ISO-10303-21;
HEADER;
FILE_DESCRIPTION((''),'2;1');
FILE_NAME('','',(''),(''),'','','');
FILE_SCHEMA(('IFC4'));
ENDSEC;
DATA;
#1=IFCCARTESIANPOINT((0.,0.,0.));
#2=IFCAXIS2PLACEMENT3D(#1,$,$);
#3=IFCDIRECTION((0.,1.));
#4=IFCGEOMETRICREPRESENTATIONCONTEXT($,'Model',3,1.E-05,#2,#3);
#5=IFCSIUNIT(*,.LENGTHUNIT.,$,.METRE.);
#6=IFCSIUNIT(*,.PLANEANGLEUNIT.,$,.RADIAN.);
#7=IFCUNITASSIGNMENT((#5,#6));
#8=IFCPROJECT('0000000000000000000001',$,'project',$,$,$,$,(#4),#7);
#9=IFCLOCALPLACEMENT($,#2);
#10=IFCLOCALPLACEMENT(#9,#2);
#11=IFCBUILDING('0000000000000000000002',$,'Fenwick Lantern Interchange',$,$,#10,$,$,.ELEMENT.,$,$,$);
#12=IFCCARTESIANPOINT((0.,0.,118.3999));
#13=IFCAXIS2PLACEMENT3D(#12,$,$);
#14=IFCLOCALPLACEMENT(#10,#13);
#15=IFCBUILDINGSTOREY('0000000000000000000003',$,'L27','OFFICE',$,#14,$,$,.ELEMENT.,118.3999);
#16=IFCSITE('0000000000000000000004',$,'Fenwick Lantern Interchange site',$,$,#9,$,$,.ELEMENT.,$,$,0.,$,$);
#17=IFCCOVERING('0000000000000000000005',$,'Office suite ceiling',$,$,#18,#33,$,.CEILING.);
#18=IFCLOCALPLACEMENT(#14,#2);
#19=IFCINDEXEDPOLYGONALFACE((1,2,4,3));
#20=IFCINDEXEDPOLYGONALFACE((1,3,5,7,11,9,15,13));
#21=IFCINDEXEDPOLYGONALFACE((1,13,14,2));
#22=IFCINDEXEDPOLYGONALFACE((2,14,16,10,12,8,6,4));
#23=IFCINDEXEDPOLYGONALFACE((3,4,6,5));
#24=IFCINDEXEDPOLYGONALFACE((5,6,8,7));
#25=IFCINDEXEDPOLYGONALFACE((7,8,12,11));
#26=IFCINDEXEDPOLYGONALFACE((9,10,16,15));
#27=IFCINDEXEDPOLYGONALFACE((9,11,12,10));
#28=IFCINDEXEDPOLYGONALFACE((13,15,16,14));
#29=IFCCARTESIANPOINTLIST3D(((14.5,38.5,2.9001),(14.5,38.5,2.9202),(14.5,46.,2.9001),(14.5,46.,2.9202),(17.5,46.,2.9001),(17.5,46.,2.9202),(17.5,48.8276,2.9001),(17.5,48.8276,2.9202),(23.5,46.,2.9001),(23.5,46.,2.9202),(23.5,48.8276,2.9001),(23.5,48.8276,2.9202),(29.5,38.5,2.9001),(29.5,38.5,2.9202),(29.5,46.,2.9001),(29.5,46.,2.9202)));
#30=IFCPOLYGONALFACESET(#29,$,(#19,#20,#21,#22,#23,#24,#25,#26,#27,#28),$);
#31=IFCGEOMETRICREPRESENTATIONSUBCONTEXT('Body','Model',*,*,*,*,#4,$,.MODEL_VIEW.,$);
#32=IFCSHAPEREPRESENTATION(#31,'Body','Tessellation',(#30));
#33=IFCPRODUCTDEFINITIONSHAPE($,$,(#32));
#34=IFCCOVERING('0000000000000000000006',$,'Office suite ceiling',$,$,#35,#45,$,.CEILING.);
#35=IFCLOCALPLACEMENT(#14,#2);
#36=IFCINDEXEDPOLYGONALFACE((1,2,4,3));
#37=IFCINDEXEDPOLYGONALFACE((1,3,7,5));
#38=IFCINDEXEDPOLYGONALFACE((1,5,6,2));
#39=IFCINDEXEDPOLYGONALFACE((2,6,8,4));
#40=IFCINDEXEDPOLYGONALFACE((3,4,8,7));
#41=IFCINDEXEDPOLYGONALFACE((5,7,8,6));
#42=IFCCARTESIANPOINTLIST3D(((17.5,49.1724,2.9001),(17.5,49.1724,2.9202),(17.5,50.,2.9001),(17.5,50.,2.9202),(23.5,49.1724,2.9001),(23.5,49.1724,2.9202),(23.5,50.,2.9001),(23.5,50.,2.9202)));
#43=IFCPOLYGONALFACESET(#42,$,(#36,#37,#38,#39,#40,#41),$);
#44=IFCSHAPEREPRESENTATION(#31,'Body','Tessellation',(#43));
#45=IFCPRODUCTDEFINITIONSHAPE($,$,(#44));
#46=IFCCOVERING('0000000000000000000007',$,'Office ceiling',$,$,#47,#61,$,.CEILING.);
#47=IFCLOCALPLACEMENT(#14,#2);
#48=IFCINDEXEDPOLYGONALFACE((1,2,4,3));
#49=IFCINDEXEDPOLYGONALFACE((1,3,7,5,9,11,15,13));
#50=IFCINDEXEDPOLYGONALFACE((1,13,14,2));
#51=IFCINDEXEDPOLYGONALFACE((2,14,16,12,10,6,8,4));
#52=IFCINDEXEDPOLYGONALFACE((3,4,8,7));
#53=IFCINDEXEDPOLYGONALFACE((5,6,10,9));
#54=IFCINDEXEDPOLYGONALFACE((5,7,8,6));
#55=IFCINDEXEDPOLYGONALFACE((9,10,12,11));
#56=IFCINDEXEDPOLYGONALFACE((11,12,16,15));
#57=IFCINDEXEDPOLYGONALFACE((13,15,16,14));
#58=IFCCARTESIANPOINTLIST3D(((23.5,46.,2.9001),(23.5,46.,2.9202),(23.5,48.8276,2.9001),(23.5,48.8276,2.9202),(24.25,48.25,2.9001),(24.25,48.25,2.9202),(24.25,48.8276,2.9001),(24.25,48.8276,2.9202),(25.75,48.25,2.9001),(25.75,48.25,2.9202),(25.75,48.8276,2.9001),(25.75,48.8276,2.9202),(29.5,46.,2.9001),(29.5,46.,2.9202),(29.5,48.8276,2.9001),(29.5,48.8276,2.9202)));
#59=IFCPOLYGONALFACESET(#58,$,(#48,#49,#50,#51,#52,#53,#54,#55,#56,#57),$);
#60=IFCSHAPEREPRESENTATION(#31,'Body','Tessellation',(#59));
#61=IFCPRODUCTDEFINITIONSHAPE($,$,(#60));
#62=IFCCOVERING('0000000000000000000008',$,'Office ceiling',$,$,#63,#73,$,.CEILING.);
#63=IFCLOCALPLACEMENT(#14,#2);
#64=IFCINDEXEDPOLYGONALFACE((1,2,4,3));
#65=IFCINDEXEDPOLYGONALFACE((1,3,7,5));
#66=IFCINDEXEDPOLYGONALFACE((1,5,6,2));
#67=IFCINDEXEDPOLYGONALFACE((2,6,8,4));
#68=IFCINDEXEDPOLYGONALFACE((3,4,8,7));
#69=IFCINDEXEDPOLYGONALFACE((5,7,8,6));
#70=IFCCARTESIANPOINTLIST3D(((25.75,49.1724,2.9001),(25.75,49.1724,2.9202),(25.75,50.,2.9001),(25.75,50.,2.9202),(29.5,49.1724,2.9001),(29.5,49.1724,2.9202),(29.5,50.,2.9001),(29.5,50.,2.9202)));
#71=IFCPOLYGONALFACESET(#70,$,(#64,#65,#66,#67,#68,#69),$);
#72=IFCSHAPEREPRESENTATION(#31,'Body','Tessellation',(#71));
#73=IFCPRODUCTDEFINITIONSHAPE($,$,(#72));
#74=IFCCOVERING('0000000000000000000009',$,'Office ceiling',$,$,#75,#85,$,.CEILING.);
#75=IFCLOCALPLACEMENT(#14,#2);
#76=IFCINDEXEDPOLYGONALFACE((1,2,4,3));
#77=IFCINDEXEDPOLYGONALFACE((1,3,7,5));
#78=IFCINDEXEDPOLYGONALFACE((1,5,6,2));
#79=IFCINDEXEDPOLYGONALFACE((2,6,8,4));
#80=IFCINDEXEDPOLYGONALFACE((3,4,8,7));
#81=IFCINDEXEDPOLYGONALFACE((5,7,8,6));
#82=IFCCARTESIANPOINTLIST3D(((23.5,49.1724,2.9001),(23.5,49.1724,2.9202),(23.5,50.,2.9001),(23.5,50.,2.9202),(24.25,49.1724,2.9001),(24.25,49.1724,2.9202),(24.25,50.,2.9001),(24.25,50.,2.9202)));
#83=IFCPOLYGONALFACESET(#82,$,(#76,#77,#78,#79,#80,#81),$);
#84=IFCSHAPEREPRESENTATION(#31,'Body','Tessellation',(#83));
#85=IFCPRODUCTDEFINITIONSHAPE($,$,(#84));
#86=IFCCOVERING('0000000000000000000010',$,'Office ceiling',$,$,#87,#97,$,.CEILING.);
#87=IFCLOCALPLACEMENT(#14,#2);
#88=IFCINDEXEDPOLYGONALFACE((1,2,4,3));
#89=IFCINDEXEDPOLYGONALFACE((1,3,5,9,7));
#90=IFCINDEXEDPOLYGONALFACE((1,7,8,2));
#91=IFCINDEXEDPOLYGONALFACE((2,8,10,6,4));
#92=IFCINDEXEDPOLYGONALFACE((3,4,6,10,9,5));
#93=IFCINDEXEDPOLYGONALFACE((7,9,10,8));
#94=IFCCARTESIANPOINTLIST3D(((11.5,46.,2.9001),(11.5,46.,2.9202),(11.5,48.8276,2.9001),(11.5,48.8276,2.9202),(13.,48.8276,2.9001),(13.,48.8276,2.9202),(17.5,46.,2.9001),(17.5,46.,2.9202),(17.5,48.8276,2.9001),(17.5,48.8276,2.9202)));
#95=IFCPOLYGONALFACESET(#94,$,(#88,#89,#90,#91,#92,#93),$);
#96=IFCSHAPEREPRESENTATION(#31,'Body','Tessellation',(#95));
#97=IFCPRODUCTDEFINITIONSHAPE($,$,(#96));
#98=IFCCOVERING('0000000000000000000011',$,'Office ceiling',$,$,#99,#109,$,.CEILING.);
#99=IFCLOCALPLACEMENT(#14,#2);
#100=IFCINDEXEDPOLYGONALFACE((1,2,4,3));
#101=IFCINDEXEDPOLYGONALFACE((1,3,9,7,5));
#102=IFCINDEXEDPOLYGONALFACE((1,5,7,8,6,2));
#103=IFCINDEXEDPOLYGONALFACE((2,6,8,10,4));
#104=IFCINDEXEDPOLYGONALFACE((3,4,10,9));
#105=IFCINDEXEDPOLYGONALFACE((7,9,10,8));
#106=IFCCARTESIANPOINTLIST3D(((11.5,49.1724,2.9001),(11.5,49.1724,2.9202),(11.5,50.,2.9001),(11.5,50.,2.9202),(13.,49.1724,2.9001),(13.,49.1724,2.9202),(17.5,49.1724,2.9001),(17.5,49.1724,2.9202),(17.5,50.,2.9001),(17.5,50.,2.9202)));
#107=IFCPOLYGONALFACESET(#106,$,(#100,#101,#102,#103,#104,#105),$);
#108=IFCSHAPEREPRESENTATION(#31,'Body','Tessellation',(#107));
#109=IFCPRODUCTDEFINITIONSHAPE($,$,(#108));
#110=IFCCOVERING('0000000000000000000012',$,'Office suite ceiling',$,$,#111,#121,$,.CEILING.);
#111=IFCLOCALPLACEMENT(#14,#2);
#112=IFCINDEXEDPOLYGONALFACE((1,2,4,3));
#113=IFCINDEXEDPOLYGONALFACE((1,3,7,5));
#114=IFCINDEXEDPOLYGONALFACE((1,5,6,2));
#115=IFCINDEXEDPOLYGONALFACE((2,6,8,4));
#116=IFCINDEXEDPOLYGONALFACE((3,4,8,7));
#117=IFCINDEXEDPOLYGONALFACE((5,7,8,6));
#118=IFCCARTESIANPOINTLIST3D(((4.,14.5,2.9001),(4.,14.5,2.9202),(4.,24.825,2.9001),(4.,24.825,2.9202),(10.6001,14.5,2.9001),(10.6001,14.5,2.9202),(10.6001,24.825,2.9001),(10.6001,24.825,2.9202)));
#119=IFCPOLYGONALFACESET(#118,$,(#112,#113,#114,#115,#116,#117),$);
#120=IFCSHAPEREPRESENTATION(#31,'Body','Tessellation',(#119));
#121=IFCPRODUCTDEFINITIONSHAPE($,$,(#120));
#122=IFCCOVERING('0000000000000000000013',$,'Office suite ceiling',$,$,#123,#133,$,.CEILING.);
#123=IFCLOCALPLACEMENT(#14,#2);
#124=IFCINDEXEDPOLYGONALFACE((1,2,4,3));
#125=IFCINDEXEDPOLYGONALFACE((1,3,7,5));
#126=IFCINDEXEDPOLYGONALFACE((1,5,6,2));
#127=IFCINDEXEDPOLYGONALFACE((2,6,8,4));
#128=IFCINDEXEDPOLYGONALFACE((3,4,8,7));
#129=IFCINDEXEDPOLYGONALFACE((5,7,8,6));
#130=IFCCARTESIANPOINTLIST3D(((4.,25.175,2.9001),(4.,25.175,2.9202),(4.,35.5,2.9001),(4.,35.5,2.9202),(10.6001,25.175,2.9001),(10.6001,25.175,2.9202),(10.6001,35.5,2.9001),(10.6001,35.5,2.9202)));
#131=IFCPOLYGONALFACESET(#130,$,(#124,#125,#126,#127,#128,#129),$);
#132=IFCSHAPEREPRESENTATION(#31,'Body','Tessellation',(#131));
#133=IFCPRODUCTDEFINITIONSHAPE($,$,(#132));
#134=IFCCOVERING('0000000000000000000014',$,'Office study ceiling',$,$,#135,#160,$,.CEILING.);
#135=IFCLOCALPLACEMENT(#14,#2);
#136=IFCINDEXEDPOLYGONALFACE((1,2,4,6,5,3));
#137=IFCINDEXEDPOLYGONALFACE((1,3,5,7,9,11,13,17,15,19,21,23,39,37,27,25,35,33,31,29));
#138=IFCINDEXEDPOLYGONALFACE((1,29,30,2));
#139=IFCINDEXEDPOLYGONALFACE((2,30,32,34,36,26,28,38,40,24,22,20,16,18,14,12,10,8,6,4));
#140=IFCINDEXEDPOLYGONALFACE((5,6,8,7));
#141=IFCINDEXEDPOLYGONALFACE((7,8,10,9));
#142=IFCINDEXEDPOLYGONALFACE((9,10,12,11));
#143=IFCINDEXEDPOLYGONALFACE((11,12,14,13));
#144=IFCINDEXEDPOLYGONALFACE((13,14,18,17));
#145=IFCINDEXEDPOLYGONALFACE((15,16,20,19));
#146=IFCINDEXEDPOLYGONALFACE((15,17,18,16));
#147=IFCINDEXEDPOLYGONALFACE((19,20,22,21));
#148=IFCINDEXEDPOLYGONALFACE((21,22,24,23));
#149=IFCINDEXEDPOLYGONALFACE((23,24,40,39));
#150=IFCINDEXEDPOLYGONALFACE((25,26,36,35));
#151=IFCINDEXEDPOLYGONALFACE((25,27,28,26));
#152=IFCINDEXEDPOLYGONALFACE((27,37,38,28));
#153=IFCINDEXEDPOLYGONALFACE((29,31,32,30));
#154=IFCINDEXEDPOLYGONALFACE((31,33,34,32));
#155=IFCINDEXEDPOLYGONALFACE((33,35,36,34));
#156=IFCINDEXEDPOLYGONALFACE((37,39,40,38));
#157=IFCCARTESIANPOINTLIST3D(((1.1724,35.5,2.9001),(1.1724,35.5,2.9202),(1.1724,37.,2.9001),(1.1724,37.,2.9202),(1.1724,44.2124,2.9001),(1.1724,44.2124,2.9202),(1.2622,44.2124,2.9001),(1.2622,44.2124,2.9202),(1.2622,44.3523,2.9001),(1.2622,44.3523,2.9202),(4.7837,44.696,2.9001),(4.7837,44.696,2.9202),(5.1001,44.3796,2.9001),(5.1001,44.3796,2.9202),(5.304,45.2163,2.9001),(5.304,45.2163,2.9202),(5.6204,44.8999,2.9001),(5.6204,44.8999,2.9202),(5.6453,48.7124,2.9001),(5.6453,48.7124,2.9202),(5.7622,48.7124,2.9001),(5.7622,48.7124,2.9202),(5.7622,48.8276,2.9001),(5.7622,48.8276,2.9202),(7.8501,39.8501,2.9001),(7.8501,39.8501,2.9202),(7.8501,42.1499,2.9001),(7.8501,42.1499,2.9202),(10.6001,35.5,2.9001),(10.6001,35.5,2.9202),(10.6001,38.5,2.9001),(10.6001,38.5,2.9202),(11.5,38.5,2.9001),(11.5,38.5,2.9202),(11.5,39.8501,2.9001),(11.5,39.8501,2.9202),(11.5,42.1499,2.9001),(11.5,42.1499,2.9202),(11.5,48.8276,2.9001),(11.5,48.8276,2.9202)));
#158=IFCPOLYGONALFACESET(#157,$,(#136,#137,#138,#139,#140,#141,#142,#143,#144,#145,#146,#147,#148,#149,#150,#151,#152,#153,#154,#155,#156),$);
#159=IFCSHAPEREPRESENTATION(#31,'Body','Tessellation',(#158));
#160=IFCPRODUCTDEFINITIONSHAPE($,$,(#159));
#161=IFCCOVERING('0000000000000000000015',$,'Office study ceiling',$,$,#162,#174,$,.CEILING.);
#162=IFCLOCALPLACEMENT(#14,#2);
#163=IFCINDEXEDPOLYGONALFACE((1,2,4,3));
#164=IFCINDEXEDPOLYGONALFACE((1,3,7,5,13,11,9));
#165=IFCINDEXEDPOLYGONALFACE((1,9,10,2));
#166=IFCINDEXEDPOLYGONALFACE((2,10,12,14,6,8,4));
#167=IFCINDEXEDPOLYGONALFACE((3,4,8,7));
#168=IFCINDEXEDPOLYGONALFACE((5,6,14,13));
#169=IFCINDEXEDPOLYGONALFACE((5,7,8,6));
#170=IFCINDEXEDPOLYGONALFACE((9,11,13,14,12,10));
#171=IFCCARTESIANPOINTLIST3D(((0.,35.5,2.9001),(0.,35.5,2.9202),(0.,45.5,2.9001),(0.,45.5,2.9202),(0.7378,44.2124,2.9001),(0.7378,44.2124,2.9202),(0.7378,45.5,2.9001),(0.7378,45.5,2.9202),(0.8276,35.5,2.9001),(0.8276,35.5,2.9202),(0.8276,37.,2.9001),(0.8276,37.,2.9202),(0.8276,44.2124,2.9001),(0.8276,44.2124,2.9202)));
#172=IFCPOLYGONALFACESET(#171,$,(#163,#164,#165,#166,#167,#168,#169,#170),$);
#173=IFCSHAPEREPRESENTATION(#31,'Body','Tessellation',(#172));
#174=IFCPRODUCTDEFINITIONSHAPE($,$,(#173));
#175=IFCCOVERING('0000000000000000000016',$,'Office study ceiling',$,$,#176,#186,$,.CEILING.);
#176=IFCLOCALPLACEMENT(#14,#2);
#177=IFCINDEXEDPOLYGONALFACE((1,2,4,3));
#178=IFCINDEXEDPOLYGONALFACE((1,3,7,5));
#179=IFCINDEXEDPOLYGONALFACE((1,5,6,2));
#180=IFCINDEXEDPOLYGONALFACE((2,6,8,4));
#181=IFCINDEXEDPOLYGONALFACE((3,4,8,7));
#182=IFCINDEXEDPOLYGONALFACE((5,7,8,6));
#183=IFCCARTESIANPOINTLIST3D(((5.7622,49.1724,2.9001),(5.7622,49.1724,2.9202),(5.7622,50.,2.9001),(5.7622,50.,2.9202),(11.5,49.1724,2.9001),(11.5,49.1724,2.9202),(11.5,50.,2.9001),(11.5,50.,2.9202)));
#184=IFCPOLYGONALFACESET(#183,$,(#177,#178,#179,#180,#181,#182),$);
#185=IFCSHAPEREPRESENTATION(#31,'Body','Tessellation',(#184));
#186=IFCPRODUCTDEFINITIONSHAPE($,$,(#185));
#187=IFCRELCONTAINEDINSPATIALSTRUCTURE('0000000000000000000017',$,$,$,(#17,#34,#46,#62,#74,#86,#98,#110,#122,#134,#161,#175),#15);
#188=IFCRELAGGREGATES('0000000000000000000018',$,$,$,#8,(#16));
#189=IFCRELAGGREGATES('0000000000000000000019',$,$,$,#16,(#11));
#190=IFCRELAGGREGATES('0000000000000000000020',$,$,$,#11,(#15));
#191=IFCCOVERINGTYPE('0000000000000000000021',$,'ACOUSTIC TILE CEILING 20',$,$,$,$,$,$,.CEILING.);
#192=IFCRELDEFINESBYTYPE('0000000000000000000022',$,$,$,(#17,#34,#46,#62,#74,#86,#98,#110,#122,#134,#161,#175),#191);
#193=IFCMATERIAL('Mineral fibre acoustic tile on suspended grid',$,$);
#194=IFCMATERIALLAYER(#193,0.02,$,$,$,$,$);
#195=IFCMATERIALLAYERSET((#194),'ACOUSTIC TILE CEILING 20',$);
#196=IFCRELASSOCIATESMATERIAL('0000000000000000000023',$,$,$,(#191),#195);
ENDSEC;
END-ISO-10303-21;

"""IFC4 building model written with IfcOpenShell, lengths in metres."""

from ifc_helpers import new_model, si_unit, direction, frame, origin, place, context, subcontext, project, spatial, polyline, outline, extrude, material, layer, layer_set, type_object, element, save


model = new_model("IFC4")

# Units and contexts
model_context = context("Model", 3, precision=1e-05, world=origin(), true_north=direction((0.0, 1.0)))
body_context = subcontext(model_context, "Body", "Model", "MODEL_VIEW")
ifc_project = project(units=[si_unit("LENGTHUNIT", "METRE"), si_unit("PLANEANGLEUNIT", "RADIAN")], contexts=[model_context])

# Site, building, storey
site_placement = place(None, origin())
site = spatial("IfcSite", under=ifc_project, at=site_placement, Name="Fenwick Lantern Interchange site", CompositionType="ELEMENT", RefElevation=0.0)
building_placement = place(site_placement, origin())
building = spatial("IfcBuilding", under=site, at=building_placement, Name="Fenwick Lantern Interchange", CompositionType="ELEMENT")
storey_placement = place(building_placement, frame((0.0, 0.0, 118.3999)))
storey = spatial("IfcBuildingStorey", under=building, at=storey_placement, Name="L27", Description="OFFICE", CompositionType="ELEMENT", Elevation=118.3999)

# Coverings
ifc_material = material(Name="Mineral fibre acoustic tile on suspended grid")
ifc_layer = layer(ifc_material, 0.02)
ifc_layer_set = layer_set([ifc_layer], Name="ACOUSTIC TILE CEILING 20")
covering_type = type_object("IfcCoveringType", Name="ACOUSTIC TILE CEILING 20", PredefinedType="CEILING", material=ifc_layer_set)
covering_1_placement = place(storey_placement, frame((0.0, 0.0, 2.9001)))
element("IfcCovering", 1, at=covering_1_placement, inside=storey, type_object=covering_type, Name="Office suite ceiling", PredefinedType="CEILING", context=body_context, shape_type="SweptSolid", body=[
    extrude(outline(polyline([(23.5, 46.0), (23.5, 48.8276), (17.5, 48.8276), (17.5, 46.0), (14.5, 46.0), (14.5, 38.5), (29.5, 38.5), (29.5, 46.0), (23.5, 46.0)])), origin(), (0.0, 0.0, 1.0), 0.02),
])
covering_2_placement = place(storey_placement, frame((0.0, 0.0, 2.9001)))
element("IfcCovering", 2, at=covering_2_placement, inside=storey, type_object=covering_type, Name="Office suite ceiling", PredefinedType="CEILING", context=body_context, shape_type="SweptSolid", body=[
    extrude(outline(polyline([(23.5, 50.0), (17.5, 50.0), (17.5, 49.1724), (23.5, 49.1724), (23.5, 50.0)])), origin(), (0.0, 0.0, 1.0), 0.02),
])
covering_3_placement = place(storey_placement, frame((0.0, 0.0, 2.9001)))
element("IfcCovering", 3, at=covering_3_placement, inside=storey, type_object=covering_type, Name="Office ceiling", PredefinedType="CEILING", context=body_context, shape_type="SweptSolid", body=[
    extrude(outline(polyline([(29.5, 46.0), (29.5, 48.8276), (25.75, 48.8276), (25.75, 48.25), (24.25, 48.25), (24.25, 48.8276), (23.5, 48.8276), (23.5, 46.0), (29.5, 46.0)])), origin(), (0.0, 0.0, 1.0), 0.02),
])
covering_4_placement = place(storey_placement, frame((0.0, 0.0, 2.9001)))
element("IfcCovering", 4, at=covering_4_placement, inside=storey, type_object=covering_type, Name="Office ceiling", PredefinedType="CEILING", context=body_context, shape_type="SweptSolid", body=[
    extrude(outline(polyline([(29.5, 49.1724), (29.5, 50.0), (25.75, 50.0), (25.75, 49.1724), (29.5, 49.1724)])), origin(), (0.0, 0.0, 1.0), 0.02),
])
covering_5_placement = place(storey_placement, frame((0.0, 0.0, 2.9001)))
element("IfcCovering", 5, at=covering_5_placement, inside=storey, type_object=covering_type, Name="Office ceiling", PredefinedType="CEILING", context=body_context, shape_type="SweptSolid", body=[
    extrude(outline(polyline([(23.5, 50.0), (23.5, 49.1724), (24.25, 49.1724), (24.25, 50.0), (23.5, 50.0)])), origin(), (0.0, 0.0, 1.0), 0.02),
])
covering_6_placement = place(storey_placement, frame((0.0, 0.0, 2.9001)))
element("IfcCovering", 6, at=covering_6_placement, inside=storey, type_object=covering_type, Name="Office ceiling", PredefinedType="CEILING", context=body_context, shape_type="SweptSolid", body=[
    extrude(outline(polyline([(17.5, 46.0), (17.5, 48.8276), (13.0, 48.8276), (11.5, 48.8276), (11.5, 46.0), (17.5, 46.0)])), origin(), (0.0, 0.0, 1.0), 0.02),
])
covering_7_placement = place(storey_placement, frame((0.0, 0.0, 2.9001)))
element("IfcCovering", 7, at=covering_7_placement, inside=storey, type_object=covering_type, Name="Office ceiling", PredefinedType="CEILING", context=body_context, shape_type="SweptSolid", body=[
    extrude(outline(polyline([(11.5, 50.0), (11.5, 49.1724), (13.0, 49.1724), (17.5, 49.1724), (17.5, 50.0), (11.5, 50.0)])), origin(), (0.0, 0.0, 1.0), 0.02),
])
covering_8_placement = place(storey_placement, frame((0.0, 0.0, 2.9001)))
element("IfcCovering", 8, at=covering_8_placement, inside=storey, type_object=covering_type, Name="Office suite ceiling", PredefinedType="CEILING", context=body_context, shape_type="SweptSolid", body=[
    extrude(outline(polyline([(10.6001, 14.5), (10.6001, 24.825), (4.0, 24.825), (4.0, 14.5), (10.6001, 14.5)])), origin(), (0.0, 0.0, 1.0), 0.02),
])
covering_9_placement = place(storey_placement, frame((0.0, 0.0, 2.9001)))
element("IfcCovering", 9, at=covering_9_placement, inside=storey, type_object=covering_type, Name="Office suite ceiling", PredefinedType="CEILING", context=body_context, shape_type="SweptSolid", body=[
    extrude(outline(polyline([(10.6001, 25.175), (10.6001, 35.5), (4.0, 35.5), (4.0, 25.175), (10.6001, 25.175)])), origin(), (0.0, 0.0, 1.0), 0.02),
])
covering_10_placement = place(storey_placement, frame((0.0, 0.0, 2.9001)))
element("IfcCovering", 10, at=covering_10_placement, inside=storey, type_object=covering_type, Name="Office study ceiling", PredefinedType="CEILING", context=body_context, shape_type="SweptSolid", body=[
    extrude(outline(polyline([(5.7622, 48.7124), (5.6453, 48.7124), (5.304, 45.2163), (5.6204, 44.8999), (5.1001, 44.3796), (4.7837, 44.696), (1.2622, 44.3523), (1.2622, 44.2124), (1.1724, 44.2124), (1.1724, 37.0), (1.1724, 35.5), (10.6001, 35.5), (10.6001, 38.5), (11.5, 38.5), (11.5, 39.8501), (7.8501, 39.8501), (7.8501, 42.1499), (11.5, 42.1499), (11.5, 48.8276), (5.7622, 48.8276), (5.7622, 48.7124)])), origin(), (0.0, 0.0, 1.0), 0.02),
])
covering_11_placement = place(storey_placement, frame((0.0, 0.0, 2.9001)))
element("IfcCovering", 11, at=covering_11_placement, inside=storey, type_object=covering_type, Name="Office study ceiling", PredefinedType="CEILING", context=body_context, shape_type="SweptSolid", body=[
    extrude(outline(polyline([(0.0, 35.5), (0.8276, 35.5), (0.8276, 37.0), (0.8276, 44.2124), (0.7378, 44.2124), (0.7378, 45.5), (0.0, 45.5), (0.0, 35.5)])), origin(), (0.0, 0.0, 1.0), 0.02),
])
covering_12_placement = place(storey_placement, frame((0.0, 0.0, 2.9001)))
element("IfcCovering", 12, at=covering_12_placement, inside=storey, type_object=covering_type, Name="Office study ceiling", PredefinedType="CEILING", context=body_context, shape_type="SweptSolid", body=[
    extrude(outline(polyline([(5.7622, 50.0), (5.7622, 49.1724), (11.5, 49.1724), (11.5, 50.0), (5.7622, 50.0)])), origin(), (0.0, 0.0, 1.0), 0.02),
])

save(model, "model.ifc")
